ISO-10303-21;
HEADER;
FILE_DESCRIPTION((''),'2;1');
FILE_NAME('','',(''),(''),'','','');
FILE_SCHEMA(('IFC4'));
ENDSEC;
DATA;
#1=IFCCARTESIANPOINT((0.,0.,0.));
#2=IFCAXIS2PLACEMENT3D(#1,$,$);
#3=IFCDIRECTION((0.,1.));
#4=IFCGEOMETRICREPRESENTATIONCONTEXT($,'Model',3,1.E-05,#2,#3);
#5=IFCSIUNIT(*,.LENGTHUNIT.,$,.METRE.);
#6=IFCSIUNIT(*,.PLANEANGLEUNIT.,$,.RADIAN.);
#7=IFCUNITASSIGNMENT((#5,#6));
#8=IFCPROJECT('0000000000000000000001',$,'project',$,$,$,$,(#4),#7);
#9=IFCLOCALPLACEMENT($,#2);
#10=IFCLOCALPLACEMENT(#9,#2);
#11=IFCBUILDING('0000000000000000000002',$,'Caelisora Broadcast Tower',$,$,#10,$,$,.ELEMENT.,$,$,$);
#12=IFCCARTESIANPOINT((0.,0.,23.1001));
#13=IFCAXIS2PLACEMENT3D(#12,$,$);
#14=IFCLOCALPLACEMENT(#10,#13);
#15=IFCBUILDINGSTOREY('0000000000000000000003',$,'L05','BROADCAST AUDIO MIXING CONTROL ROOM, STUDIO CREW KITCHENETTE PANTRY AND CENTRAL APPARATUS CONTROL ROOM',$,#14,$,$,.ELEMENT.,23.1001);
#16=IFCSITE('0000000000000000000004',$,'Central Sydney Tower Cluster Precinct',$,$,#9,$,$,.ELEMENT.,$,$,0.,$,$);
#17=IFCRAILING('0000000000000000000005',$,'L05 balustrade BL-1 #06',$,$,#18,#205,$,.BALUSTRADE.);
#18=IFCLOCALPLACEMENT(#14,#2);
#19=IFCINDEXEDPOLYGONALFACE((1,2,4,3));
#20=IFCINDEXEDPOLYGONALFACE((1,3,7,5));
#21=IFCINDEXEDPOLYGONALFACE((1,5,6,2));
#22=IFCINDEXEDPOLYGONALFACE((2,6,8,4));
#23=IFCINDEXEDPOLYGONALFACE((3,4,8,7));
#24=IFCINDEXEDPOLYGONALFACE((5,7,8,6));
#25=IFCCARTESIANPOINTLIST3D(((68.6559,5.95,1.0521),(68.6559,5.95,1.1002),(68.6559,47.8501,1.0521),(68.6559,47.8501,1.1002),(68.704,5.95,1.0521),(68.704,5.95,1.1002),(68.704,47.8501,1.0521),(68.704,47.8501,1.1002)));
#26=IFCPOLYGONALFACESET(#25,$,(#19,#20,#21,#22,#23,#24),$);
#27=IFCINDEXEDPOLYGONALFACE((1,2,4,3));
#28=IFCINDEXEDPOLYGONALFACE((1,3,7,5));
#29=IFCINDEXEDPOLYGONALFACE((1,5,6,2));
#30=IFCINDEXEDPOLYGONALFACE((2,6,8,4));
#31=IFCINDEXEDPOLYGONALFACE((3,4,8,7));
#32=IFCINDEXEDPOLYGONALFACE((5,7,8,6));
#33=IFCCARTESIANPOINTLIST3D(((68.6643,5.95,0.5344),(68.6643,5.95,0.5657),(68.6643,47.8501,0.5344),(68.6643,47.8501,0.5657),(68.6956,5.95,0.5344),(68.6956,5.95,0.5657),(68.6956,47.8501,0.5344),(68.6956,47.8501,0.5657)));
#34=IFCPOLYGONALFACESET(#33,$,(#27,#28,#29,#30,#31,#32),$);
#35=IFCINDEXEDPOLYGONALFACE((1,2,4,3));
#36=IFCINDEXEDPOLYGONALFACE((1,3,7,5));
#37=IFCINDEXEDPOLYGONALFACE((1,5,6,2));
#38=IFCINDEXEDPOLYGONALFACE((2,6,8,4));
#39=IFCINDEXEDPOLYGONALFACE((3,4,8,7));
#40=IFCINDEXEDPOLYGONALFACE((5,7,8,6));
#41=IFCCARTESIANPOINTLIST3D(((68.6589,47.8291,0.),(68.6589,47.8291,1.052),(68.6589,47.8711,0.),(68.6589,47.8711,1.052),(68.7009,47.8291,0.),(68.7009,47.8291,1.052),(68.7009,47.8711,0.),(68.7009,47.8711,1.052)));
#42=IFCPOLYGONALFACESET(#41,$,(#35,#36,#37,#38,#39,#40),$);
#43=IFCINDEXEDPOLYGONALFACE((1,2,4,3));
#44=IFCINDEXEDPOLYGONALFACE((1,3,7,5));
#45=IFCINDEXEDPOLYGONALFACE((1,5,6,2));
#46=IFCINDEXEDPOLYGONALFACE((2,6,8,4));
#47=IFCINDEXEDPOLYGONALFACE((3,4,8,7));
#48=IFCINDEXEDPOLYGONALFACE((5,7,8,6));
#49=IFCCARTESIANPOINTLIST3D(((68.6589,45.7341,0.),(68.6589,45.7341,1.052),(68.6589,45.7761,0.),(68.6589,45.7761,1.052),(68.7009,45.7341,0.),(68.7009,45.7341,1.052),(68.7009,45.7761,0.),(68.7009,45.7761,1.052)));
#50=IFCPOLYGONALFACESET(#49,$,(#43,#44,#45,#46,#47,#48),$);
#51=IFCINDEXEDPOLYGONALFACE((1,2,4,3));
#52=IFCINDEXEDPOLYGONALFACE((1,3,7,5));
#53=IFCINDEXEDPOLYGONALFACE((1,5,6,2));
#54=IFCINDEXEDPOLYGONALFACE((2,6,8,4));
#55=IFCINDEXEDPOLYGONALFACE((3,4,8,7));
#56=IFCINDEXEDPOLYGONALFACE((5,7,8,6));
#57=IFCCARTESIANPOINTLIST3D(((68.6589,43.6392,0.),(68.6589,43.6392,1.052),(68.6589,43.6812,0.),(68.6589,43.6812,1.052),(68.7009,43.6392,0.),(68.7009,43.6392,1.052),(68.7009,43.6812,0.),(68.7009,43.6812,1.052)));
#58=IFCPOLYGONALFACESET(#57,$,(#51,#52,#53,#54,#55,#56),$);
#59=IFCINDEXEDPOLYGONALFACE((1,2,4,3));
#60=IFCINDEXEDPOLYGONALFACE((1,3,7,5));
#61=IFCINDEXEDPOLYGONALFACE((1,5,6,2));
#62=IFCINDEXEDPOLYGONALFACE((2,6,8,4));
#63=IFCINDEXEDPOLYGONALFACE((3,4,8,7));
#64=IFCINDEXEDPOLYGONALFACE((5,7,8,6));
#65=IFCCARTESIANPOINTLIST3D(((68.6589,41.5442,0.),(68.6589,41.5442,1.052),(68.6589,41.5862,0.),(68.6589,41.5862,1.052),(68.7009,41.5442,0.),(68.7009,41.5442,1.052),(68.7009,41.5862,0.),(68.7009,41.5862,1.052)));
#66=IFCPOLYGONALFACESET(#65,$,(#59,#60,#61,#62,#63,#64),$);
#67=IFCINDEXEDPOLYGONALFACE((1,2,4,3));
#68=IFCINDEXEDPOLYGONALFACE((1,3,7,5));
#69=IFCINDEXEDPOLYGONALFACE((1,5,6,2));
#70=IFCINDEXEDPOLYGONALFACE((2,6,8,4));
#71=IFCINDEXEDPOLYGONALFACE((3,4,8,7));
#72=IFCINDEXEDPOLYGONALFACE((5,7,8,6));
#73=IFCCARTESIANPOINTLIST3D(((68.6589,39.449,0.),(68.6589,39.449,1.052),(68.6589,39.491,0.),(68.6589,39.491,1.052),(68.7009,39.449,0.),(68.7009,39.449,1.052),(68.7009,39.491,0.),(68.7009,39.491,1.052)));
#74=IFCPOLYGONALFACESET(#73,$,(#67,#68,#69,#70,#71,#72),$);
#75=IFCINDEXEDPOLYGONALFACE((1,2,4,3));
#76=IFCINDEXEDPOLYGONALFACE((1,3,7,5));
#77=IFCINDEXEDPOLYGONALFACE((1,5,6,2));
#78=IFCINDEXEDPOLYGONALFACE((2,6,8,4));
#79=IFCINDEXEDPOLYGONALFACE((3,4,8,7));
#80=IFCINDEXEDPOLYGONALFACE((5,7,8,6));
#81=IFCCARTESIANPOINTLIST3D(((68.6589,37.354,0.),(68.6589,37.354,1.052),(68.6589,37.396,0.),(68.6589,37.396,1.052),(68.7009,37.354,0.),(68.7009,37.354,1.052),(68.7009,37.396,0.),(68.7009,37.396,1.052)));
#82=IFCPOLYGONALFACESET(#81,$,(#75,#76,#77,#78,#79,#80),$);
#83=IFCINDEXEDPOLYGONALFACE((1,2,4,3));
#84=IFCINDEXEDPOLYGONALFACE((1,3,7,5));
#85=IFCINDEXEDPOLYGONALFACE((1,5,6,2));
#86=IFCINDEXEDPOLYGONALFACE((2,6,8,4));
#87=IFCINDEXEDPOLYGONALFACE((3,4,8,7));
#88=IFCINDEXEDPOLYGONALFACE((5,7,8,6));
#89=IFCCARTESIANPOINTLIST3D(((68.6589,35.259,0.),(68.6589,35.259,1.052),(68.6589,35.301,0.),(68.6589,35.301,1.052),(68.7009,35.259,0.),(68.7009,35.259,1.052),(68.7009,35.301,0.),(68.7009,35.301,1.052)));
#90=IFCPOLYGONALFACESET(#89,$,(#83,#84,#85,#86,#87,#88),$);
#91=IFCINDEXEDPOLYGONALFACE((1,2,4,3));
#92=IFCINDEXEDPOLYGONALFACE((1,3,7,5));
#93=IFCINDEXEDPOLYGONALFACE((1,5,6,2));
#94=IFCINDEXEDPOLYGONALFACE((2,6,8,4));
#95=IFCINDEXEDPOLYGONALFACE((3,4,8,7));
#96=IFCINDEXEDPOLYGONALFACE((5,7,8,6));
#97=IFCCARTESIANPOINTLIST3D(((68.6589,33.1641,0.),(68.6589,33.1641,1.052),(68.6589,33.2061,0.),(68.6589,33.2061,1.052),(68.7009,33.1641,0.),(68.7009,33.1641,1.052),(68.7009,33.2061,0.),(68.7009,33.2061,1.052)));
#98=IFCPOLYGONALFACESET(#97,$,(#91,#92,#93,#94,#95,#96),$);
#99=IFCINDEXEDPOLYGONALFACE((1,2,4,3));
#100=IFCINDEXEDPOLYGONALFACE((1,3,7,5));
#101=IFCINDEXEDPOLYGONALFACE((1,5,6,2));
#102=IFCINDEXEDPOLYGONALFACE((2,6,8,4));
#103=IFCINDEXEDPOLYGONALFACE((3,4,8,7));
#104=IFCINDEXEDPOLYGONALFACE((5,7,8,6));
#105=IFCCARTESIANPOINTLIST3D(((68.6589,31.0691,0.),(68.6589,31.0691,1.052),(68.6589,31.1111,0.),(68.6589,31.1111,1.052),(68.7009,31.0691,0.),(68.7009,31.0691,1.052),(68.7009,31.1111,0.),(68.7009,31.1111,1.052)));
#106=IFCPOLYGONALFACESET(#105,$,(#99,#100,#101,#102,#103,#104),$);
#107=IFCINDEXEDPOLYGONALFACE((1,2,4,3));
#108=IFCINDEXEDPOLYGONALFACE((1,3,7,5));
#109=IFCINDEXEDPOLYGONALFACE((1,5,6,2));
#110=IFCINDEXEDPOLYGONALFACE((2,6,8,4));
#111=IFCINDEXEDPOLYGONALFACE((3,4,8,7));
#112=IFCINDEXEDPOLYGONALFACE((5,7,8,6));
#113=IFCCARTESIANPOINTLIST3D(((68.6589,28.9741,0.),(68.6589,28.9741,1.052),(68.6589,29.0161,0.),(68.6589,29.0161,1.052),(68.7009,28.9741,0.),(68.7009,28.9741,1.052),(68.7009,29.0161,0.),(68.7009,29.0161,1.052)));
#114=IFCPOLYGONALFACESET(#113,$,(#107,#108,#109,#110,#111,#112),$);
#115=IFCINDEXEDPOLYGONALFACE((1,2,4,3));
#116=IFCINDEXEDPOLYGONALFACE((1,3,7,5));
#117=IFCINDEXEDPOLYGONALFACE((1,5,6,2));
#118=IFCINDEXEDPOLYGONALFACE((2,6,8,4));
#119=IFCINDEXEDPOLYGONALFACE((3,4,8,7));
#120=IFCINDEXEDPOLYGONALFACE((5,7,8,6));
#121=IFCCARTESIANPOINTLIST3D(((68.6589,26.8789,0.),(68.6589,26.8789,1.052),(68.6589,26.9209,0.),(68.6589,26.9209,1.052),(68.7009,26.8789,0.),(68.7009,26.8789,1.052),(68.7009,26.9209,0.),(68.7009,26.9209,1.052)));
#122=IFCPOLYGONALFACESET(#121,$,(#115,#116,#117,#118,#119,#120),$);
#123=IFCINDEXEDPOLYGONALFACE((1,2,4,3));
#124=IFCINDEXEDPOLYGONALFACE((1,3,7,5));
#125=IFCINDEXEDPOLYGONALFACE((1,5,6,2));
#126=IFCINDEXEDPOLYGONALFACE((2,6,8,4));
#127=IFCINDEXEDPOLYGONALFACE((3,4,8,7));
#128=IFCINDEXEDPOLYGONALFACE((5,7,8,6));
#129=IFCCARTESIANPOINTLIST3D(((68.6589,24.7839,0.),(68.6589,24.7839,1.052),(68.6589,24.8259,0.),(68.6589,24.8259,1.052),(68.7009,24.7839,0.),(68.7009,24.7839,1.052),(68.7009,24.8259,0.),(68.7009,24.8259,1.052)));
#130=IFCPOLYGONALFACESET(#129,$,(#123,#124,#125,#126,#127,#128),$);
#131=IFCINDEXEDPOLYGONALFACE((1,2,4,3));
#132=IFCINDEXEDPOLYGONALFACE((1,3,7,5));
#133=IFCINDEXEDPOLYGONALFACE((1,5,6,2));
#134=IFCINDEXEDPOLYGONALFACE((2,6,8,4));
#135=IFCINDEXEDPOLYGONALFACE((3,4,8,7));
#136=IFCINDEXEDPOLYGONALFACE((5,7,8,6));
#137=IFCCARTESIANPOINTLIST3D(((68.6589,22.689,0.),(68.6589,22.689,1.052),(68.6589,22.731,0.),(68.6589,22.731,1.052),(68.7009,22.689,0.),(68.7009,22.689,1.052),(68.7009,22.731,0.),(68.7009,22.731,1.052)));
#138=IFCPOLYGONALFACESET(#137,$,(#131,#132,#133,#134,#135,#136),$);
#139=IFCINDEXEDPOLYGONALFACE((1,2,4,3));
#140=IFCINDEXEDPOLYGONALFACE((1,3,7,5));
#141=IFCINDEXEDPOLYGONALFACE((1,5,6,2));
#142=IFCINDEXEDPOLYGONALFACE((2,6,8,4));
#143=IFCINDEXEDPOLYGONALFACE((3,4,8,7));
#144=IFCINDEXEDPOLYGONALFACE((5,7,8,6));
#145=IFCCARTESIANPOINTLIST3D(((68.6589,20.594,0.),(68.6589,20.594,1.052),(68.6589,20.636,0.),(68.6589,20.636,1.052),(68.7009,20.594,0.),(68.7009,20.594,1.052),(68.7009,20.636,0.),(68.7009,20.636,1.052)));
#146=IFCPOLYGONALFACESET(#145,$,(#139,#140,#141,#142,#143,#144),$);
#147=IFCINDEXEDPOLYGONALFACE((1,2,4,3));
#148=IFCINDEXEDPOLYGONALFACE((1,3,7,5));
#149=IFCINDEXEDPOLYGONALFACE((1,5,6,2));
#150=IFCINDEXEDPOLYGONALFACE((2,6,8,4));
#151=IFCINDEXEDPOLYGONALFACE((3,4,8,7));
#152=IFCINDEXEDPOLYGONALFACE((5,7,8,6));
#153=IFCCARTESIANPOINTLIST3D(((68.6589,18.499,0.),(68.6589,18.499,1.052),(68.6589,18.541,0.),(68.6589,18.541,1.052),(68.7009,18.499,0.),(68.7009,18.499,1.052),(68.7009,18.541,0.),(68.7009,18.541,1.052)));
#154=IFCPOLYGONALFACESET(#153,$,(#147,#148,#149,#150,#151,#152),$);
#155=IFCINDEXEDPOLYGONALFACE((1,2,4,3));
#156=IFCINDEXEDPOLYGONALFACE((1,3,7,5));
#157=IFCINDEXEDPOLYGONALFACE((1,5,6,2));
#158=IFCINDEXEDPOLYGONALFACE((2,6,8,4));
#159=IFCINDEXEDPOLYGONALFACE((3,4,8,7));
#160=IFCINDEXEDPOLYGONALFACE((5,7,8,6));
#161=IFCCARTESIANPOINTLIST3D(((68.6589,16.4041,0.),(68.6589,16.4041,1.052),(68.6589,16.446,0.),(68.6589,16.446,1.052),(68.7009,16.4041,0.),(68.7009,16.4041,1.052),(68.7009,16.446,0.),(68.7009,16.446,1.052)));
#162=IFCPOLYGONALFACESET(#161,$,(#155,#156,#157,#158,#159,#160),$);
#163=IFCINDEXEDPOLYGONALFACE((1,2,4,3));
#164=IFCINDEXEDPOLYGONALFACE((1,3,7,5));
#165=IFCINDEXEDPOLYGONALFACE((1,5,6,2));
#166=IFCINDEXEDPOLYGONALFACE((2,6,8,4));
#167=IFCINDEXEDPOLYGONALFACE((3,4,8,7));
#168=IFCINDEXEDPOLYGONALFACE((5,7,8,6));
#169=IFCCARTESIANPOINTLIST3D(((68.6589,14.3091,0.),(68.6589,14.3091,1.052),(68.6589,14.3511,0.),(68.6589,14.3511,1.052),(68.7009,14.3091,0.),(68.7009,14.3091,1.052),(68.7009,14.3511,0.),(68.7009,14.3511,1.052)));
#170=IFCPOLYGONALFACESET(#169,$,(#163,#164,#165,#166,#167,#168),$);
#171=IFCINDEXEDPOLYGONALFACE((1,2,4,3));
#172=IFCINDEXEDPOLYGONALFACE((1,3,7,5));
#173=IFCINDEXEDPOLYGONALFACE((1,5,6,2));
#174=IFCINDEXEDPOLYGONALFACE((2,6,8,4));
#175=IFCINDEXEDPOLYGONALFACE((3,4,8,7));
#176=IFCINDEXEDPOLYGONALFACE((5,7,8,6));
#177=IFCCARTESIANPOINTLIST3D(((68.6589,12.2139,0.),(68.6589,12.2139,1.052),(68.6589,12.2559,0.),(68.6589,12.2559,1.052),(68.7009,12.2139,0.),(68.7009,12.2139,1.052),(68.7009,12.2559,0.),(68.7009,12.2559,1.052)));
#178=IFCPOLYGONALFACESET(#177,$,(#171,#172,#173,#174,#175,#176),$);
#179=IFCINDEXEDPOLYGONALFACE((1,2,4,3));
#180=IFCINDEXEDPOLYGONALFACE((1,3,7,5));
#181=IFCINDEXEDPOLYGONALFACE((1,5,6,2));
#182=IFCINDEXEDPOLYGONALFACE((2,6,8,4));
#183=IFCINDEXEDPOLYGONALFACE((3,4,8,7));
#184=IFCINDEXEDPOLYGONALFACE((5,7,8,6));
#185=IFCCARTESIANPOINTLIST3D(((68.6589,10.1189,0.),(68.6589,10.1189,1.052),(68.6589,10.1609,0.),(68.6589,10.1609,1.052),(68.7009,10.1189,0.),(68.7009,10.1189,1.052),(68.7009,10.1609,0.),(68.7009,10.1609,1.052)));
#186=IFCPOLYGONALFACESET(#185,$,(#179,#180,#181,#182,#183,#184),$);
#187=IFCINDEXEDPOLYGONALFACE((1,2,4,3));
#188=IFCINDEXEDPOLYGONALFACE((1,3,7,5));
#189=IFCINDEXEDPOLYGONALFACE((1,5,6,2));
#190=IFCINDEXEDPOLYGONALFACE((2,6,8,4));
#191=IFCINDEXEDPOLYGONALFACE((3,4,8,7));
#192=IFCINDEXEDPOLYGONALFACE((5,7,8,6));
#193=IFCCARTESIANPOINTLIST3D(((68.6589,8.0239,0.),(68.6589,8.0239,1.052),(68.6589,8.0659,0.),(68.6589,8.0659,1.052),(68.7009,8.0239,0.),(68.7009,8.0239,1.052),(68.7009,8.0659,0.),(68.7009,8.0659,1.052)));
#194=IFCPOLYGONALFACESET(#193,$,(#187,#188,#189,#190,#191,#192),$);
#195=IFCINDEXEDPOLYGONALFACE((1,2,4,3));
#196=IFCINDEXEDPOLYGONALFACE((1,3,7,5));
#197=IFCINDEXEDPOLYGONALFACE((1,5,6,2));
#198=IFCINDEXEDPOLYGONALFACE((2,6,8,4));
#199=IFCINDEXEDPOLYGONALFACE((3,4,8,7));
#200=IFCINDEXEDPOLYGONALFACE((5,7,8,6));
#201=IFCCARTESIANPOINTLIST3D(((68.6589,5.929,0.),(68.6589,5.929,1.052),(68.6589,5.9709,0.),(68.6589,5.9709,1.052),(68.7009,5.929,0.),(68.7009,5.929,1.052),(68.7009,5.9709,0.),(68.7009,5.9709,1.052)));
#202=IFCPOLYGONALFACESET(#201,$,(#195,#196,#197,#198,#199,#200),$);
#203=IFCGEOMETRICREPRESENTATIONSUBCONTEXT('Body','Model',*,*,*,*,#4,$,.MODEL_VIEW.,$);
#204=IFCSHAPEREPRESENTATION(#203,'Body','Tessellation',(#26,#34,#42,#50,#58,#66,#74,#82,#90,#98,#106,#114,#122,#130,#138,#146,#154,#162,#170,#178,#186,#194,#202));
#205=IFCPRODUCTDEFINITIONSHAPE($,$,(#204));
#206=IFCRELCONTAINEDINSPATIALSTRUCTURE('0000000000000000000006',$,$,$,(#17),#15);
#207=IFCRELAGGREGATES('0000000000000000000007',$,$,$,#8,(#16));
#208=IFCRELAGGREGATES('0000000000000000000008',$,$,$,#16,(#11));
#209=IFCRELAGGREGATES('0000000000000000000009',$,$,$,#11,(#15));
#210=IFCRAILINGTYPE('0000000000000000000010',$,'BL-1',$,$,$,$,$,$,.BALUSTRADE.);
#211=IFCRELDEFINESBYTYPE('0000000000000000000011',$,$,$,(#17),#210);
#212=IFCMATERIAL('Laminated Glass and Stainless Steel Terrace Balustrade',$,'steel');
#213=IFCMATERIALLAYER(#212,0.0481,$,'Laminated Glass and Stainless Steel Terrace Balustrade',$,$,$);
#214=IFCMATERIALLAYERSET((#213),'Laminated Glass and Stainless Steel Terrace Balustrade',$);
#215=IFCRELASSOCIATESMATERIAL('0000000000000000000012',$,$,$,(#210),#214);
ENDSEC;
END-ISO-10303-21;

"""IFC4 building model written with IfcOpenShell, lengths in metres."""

from ifc_helpers import new_model, si_unit, direction, frame, origin, origin_2d, place, context, subcontext, project, spatial, rectangle, extrude, material, layer, layer_set, type_object, element, save


model = new_model("IFC4")

# Units and contexts
model_context = context("Model", 3, precision=1e-05, world=origin(), true_north=direction((0.0, 1.0)))
body_context = subcontext(model_context, "Body", "Model", "MODEL_VIEW")
ifc_project = project(units=[si_unit("LENGTHUNIT", "METRE"), si_unit("PLANEANGLEUNIT", "RADIAN")], contexts=[model_context])

# Site, building, storey
site_placement = place(None, origin())
site = spatial("IfcSite", under=ifc_project, at=site_placement, Name="Central Sydney Tower Cluster Precinct", CompositionType="ELEMENT", RefElevation=0.0)
building_placement = place(site_placement, origin())
building = spatial("IfcBuilding", under=site, at=building_placement, Name="Caelisora Broadcast Tower", CompositionType="ELEMENT")
storey_placement = place(building_placement, frame((0.0, 0.0, 23.1001)))
storey = spatial("IfcBuildingStorey", under=building, at=storey_placement, Name="L05", Description="BROADCAST AUDIO MIXING CONTROL ROOM, STUDIO CREW KITCHENETTE PANTRY AND CENTRAL APPARATUS CONTROL ROOM", CompositionType="ELEMENT", Elevation=23.1001)

# Railing
ifc_material_1 = material(Name="Laminated Glass and Stainless Steel Terrace Balustrade", Category="steel")
ifc_layer_1 = layer(ifc_material_1, 0.0481, Name="Laminated Glass and Stainless Steel Terrace Balustrade")
ifc_layer_set_1 = layer_set([ifc_layer_1], Name="Laminated Glass and Stainless Steel Terrace Balustrade")
railing_type = type_object("IfcRailingType", Name="BL-1", PredefinedType="BALUSTRADE", material=ifc_layer_set_1)
railing_1_placement = place(storey_placement, frame((68.6799, 47.8501, 0.0)))
element("IfcRailing", 1, at=railing_1_placement, inside=storey, type_object=railing_type, Name="L05 balustrade BL-1 #06", PredefinedType="BALUSTRADE", context=body_context, shape_type="SweptSolid", body=[
    extrude(rectangle(XDim=0.0481, YDim=0.0481, at=origin_2d()), frame((0.0, 0.0, 1.0762), z_axis=(0.0, -1.0, 0.0), x_axis=(1.0, 0.0, 0.0)), (0.0, 0.0, 1.0), 41.9001),
    extrude(rectangle(XDim=0.0312, YDim=0.0312, at=origin_2d()), frame((0.0, 0.0, 0.55), z_axis=(0.0, -1.0, 0.0), x_axis=(1.0, 0.0, 0.0)), (0.0, 0.0, 1.0), 41.9001),
    extrude(rectangle(XDim=0.042, YDim=0.042, at=origin_2d()), origin(), (0.0, 0.0, 1.0), 1.052),
    extrude(rectangle(XDim=0.042, YDim=0.042, at=origin_2d()), frame((0.0, -2.095, 0.0)), (0.0, 0.0, 1.0), 1.052),
    extrude(rectangle(XDim=0.042, YDim=0.042, at=origin_2d()), frame((0.0, -4.1899, 0.0)), (0.0, 0.0, 1.0), 1.052),
    extrude(rectangle(XDim=0.042, YDim=0.042, at=origin_2d()), frame((0.0, -6.2849, 0.0)), (0.0, 0.0, 1.0), 1.052),
    extrude(rectangle(XDim=0.042, YDim=0.042, at=origin_2d()), frame((0.0, -8.3801, 0.0)), (0.0, 0.0, 1.0), 1.052),
    extrude(rectangle(XDim=0.042, YDim=0.042, at=origin_2d()), frame((0.0, -10.4751, 0.0)), (0.0, 0.0, 1.0), 1.052),
    extrude(rectangle(XDim=0.042, YDim=0.042, at=origin_2d()), frame((0.0, -12.5701, 0.0)), (0.0, 0.0, 1.0), 1.052),
    extrude(rectangle(XDim=0.042, YDim=0.042, at=origin_2d()), frame((0.0, -14.665, 0.0)), (0.0, 0.0, 1.0), 1.052),
    extrude(rectangle(XDim=0.042, YDim=0.042, at=origin_2d()), frame((0.0, -16.76, 0.0)), (0.0, 0.0, 1.0), 1.052),
    extrude(rectangle(XDim=0.042, YDim=0.042, at=origin_2d()), frame((0.0, -18.855, 0.0)), (0.0, 0.0, 1.0), 1.052),
    extrude(rectangle(XDim=0.042, YDim=0.042, at=origin_2d()), frame((0.0, -20.9502, 0.0)), (0.0, 0.0, 1.0), 1.052),
    extrude(rectangle(XDim=0.042, YDim=0.042, at=origin_2d()), frame((0.0, -23.0452, 0.0)), (0.0, 0.0, 1.0), 1.052),
    extrude(rectangle(XDim=0.042, YDim=0.042, at=origin_2d()), frame((0.0, -25.1401, 0.0)), (0.0, 0.0, 1.0), 1.052),
    extrude(rectangle(XDim=0.042, YDim=0.042, at=origin_2d()), frame((0.0, -27.2351, 0.0)), (0.0, 0.0, 1.0), 1.052),
    extrude(rectangle(XDim=0.042, YDim=0.042, at=origin_2d()), frame((0.0, -29.3301, 0.0)), (0.0, 0.0, 1.0), 1.052),
    extrude(rectangle(XDim=0.042, YDim=0.042, at=origin_2d()), frame((0.0, -31.425, 0.0)), (0.0, 0.0, 1.0), 1.052),
    extrude(rectangle(XDim=0.042, YDim=0.042, at=origin_2d()), frame((0.0, -33.52, 0.0)), (0.0, 0.0, 1.0), 1.052),
    extrude(rectangle(XDim=0.042, YDim=0.042, at=origin_2d()), frame((0.0, -35.6152, 0.0)), (0.0, 0.0, 1.0), 1.052),
    extrude(rectangle(XDim=0.042, YDim=0.042, at=origin_2d()), frame((0.0, -37.7102, 0.0)), (0.0, 0.0, 1.0), 1.052),
    extrude(rectangle(XDim=0.042, YDim=0.042, at=origin_2d()), frame((0.0, -39.8052, 0.0)), (0.0, 0.0, 1.0), 1.052),
    extrude(rectangle(XDim=0.042, YDim=0.042, at=origin_2d()), frame((0.0, -41.9001, 0.0)), (0.0, 0.0, 1.0), 1.052),
])

save(model, "model.ifc")
